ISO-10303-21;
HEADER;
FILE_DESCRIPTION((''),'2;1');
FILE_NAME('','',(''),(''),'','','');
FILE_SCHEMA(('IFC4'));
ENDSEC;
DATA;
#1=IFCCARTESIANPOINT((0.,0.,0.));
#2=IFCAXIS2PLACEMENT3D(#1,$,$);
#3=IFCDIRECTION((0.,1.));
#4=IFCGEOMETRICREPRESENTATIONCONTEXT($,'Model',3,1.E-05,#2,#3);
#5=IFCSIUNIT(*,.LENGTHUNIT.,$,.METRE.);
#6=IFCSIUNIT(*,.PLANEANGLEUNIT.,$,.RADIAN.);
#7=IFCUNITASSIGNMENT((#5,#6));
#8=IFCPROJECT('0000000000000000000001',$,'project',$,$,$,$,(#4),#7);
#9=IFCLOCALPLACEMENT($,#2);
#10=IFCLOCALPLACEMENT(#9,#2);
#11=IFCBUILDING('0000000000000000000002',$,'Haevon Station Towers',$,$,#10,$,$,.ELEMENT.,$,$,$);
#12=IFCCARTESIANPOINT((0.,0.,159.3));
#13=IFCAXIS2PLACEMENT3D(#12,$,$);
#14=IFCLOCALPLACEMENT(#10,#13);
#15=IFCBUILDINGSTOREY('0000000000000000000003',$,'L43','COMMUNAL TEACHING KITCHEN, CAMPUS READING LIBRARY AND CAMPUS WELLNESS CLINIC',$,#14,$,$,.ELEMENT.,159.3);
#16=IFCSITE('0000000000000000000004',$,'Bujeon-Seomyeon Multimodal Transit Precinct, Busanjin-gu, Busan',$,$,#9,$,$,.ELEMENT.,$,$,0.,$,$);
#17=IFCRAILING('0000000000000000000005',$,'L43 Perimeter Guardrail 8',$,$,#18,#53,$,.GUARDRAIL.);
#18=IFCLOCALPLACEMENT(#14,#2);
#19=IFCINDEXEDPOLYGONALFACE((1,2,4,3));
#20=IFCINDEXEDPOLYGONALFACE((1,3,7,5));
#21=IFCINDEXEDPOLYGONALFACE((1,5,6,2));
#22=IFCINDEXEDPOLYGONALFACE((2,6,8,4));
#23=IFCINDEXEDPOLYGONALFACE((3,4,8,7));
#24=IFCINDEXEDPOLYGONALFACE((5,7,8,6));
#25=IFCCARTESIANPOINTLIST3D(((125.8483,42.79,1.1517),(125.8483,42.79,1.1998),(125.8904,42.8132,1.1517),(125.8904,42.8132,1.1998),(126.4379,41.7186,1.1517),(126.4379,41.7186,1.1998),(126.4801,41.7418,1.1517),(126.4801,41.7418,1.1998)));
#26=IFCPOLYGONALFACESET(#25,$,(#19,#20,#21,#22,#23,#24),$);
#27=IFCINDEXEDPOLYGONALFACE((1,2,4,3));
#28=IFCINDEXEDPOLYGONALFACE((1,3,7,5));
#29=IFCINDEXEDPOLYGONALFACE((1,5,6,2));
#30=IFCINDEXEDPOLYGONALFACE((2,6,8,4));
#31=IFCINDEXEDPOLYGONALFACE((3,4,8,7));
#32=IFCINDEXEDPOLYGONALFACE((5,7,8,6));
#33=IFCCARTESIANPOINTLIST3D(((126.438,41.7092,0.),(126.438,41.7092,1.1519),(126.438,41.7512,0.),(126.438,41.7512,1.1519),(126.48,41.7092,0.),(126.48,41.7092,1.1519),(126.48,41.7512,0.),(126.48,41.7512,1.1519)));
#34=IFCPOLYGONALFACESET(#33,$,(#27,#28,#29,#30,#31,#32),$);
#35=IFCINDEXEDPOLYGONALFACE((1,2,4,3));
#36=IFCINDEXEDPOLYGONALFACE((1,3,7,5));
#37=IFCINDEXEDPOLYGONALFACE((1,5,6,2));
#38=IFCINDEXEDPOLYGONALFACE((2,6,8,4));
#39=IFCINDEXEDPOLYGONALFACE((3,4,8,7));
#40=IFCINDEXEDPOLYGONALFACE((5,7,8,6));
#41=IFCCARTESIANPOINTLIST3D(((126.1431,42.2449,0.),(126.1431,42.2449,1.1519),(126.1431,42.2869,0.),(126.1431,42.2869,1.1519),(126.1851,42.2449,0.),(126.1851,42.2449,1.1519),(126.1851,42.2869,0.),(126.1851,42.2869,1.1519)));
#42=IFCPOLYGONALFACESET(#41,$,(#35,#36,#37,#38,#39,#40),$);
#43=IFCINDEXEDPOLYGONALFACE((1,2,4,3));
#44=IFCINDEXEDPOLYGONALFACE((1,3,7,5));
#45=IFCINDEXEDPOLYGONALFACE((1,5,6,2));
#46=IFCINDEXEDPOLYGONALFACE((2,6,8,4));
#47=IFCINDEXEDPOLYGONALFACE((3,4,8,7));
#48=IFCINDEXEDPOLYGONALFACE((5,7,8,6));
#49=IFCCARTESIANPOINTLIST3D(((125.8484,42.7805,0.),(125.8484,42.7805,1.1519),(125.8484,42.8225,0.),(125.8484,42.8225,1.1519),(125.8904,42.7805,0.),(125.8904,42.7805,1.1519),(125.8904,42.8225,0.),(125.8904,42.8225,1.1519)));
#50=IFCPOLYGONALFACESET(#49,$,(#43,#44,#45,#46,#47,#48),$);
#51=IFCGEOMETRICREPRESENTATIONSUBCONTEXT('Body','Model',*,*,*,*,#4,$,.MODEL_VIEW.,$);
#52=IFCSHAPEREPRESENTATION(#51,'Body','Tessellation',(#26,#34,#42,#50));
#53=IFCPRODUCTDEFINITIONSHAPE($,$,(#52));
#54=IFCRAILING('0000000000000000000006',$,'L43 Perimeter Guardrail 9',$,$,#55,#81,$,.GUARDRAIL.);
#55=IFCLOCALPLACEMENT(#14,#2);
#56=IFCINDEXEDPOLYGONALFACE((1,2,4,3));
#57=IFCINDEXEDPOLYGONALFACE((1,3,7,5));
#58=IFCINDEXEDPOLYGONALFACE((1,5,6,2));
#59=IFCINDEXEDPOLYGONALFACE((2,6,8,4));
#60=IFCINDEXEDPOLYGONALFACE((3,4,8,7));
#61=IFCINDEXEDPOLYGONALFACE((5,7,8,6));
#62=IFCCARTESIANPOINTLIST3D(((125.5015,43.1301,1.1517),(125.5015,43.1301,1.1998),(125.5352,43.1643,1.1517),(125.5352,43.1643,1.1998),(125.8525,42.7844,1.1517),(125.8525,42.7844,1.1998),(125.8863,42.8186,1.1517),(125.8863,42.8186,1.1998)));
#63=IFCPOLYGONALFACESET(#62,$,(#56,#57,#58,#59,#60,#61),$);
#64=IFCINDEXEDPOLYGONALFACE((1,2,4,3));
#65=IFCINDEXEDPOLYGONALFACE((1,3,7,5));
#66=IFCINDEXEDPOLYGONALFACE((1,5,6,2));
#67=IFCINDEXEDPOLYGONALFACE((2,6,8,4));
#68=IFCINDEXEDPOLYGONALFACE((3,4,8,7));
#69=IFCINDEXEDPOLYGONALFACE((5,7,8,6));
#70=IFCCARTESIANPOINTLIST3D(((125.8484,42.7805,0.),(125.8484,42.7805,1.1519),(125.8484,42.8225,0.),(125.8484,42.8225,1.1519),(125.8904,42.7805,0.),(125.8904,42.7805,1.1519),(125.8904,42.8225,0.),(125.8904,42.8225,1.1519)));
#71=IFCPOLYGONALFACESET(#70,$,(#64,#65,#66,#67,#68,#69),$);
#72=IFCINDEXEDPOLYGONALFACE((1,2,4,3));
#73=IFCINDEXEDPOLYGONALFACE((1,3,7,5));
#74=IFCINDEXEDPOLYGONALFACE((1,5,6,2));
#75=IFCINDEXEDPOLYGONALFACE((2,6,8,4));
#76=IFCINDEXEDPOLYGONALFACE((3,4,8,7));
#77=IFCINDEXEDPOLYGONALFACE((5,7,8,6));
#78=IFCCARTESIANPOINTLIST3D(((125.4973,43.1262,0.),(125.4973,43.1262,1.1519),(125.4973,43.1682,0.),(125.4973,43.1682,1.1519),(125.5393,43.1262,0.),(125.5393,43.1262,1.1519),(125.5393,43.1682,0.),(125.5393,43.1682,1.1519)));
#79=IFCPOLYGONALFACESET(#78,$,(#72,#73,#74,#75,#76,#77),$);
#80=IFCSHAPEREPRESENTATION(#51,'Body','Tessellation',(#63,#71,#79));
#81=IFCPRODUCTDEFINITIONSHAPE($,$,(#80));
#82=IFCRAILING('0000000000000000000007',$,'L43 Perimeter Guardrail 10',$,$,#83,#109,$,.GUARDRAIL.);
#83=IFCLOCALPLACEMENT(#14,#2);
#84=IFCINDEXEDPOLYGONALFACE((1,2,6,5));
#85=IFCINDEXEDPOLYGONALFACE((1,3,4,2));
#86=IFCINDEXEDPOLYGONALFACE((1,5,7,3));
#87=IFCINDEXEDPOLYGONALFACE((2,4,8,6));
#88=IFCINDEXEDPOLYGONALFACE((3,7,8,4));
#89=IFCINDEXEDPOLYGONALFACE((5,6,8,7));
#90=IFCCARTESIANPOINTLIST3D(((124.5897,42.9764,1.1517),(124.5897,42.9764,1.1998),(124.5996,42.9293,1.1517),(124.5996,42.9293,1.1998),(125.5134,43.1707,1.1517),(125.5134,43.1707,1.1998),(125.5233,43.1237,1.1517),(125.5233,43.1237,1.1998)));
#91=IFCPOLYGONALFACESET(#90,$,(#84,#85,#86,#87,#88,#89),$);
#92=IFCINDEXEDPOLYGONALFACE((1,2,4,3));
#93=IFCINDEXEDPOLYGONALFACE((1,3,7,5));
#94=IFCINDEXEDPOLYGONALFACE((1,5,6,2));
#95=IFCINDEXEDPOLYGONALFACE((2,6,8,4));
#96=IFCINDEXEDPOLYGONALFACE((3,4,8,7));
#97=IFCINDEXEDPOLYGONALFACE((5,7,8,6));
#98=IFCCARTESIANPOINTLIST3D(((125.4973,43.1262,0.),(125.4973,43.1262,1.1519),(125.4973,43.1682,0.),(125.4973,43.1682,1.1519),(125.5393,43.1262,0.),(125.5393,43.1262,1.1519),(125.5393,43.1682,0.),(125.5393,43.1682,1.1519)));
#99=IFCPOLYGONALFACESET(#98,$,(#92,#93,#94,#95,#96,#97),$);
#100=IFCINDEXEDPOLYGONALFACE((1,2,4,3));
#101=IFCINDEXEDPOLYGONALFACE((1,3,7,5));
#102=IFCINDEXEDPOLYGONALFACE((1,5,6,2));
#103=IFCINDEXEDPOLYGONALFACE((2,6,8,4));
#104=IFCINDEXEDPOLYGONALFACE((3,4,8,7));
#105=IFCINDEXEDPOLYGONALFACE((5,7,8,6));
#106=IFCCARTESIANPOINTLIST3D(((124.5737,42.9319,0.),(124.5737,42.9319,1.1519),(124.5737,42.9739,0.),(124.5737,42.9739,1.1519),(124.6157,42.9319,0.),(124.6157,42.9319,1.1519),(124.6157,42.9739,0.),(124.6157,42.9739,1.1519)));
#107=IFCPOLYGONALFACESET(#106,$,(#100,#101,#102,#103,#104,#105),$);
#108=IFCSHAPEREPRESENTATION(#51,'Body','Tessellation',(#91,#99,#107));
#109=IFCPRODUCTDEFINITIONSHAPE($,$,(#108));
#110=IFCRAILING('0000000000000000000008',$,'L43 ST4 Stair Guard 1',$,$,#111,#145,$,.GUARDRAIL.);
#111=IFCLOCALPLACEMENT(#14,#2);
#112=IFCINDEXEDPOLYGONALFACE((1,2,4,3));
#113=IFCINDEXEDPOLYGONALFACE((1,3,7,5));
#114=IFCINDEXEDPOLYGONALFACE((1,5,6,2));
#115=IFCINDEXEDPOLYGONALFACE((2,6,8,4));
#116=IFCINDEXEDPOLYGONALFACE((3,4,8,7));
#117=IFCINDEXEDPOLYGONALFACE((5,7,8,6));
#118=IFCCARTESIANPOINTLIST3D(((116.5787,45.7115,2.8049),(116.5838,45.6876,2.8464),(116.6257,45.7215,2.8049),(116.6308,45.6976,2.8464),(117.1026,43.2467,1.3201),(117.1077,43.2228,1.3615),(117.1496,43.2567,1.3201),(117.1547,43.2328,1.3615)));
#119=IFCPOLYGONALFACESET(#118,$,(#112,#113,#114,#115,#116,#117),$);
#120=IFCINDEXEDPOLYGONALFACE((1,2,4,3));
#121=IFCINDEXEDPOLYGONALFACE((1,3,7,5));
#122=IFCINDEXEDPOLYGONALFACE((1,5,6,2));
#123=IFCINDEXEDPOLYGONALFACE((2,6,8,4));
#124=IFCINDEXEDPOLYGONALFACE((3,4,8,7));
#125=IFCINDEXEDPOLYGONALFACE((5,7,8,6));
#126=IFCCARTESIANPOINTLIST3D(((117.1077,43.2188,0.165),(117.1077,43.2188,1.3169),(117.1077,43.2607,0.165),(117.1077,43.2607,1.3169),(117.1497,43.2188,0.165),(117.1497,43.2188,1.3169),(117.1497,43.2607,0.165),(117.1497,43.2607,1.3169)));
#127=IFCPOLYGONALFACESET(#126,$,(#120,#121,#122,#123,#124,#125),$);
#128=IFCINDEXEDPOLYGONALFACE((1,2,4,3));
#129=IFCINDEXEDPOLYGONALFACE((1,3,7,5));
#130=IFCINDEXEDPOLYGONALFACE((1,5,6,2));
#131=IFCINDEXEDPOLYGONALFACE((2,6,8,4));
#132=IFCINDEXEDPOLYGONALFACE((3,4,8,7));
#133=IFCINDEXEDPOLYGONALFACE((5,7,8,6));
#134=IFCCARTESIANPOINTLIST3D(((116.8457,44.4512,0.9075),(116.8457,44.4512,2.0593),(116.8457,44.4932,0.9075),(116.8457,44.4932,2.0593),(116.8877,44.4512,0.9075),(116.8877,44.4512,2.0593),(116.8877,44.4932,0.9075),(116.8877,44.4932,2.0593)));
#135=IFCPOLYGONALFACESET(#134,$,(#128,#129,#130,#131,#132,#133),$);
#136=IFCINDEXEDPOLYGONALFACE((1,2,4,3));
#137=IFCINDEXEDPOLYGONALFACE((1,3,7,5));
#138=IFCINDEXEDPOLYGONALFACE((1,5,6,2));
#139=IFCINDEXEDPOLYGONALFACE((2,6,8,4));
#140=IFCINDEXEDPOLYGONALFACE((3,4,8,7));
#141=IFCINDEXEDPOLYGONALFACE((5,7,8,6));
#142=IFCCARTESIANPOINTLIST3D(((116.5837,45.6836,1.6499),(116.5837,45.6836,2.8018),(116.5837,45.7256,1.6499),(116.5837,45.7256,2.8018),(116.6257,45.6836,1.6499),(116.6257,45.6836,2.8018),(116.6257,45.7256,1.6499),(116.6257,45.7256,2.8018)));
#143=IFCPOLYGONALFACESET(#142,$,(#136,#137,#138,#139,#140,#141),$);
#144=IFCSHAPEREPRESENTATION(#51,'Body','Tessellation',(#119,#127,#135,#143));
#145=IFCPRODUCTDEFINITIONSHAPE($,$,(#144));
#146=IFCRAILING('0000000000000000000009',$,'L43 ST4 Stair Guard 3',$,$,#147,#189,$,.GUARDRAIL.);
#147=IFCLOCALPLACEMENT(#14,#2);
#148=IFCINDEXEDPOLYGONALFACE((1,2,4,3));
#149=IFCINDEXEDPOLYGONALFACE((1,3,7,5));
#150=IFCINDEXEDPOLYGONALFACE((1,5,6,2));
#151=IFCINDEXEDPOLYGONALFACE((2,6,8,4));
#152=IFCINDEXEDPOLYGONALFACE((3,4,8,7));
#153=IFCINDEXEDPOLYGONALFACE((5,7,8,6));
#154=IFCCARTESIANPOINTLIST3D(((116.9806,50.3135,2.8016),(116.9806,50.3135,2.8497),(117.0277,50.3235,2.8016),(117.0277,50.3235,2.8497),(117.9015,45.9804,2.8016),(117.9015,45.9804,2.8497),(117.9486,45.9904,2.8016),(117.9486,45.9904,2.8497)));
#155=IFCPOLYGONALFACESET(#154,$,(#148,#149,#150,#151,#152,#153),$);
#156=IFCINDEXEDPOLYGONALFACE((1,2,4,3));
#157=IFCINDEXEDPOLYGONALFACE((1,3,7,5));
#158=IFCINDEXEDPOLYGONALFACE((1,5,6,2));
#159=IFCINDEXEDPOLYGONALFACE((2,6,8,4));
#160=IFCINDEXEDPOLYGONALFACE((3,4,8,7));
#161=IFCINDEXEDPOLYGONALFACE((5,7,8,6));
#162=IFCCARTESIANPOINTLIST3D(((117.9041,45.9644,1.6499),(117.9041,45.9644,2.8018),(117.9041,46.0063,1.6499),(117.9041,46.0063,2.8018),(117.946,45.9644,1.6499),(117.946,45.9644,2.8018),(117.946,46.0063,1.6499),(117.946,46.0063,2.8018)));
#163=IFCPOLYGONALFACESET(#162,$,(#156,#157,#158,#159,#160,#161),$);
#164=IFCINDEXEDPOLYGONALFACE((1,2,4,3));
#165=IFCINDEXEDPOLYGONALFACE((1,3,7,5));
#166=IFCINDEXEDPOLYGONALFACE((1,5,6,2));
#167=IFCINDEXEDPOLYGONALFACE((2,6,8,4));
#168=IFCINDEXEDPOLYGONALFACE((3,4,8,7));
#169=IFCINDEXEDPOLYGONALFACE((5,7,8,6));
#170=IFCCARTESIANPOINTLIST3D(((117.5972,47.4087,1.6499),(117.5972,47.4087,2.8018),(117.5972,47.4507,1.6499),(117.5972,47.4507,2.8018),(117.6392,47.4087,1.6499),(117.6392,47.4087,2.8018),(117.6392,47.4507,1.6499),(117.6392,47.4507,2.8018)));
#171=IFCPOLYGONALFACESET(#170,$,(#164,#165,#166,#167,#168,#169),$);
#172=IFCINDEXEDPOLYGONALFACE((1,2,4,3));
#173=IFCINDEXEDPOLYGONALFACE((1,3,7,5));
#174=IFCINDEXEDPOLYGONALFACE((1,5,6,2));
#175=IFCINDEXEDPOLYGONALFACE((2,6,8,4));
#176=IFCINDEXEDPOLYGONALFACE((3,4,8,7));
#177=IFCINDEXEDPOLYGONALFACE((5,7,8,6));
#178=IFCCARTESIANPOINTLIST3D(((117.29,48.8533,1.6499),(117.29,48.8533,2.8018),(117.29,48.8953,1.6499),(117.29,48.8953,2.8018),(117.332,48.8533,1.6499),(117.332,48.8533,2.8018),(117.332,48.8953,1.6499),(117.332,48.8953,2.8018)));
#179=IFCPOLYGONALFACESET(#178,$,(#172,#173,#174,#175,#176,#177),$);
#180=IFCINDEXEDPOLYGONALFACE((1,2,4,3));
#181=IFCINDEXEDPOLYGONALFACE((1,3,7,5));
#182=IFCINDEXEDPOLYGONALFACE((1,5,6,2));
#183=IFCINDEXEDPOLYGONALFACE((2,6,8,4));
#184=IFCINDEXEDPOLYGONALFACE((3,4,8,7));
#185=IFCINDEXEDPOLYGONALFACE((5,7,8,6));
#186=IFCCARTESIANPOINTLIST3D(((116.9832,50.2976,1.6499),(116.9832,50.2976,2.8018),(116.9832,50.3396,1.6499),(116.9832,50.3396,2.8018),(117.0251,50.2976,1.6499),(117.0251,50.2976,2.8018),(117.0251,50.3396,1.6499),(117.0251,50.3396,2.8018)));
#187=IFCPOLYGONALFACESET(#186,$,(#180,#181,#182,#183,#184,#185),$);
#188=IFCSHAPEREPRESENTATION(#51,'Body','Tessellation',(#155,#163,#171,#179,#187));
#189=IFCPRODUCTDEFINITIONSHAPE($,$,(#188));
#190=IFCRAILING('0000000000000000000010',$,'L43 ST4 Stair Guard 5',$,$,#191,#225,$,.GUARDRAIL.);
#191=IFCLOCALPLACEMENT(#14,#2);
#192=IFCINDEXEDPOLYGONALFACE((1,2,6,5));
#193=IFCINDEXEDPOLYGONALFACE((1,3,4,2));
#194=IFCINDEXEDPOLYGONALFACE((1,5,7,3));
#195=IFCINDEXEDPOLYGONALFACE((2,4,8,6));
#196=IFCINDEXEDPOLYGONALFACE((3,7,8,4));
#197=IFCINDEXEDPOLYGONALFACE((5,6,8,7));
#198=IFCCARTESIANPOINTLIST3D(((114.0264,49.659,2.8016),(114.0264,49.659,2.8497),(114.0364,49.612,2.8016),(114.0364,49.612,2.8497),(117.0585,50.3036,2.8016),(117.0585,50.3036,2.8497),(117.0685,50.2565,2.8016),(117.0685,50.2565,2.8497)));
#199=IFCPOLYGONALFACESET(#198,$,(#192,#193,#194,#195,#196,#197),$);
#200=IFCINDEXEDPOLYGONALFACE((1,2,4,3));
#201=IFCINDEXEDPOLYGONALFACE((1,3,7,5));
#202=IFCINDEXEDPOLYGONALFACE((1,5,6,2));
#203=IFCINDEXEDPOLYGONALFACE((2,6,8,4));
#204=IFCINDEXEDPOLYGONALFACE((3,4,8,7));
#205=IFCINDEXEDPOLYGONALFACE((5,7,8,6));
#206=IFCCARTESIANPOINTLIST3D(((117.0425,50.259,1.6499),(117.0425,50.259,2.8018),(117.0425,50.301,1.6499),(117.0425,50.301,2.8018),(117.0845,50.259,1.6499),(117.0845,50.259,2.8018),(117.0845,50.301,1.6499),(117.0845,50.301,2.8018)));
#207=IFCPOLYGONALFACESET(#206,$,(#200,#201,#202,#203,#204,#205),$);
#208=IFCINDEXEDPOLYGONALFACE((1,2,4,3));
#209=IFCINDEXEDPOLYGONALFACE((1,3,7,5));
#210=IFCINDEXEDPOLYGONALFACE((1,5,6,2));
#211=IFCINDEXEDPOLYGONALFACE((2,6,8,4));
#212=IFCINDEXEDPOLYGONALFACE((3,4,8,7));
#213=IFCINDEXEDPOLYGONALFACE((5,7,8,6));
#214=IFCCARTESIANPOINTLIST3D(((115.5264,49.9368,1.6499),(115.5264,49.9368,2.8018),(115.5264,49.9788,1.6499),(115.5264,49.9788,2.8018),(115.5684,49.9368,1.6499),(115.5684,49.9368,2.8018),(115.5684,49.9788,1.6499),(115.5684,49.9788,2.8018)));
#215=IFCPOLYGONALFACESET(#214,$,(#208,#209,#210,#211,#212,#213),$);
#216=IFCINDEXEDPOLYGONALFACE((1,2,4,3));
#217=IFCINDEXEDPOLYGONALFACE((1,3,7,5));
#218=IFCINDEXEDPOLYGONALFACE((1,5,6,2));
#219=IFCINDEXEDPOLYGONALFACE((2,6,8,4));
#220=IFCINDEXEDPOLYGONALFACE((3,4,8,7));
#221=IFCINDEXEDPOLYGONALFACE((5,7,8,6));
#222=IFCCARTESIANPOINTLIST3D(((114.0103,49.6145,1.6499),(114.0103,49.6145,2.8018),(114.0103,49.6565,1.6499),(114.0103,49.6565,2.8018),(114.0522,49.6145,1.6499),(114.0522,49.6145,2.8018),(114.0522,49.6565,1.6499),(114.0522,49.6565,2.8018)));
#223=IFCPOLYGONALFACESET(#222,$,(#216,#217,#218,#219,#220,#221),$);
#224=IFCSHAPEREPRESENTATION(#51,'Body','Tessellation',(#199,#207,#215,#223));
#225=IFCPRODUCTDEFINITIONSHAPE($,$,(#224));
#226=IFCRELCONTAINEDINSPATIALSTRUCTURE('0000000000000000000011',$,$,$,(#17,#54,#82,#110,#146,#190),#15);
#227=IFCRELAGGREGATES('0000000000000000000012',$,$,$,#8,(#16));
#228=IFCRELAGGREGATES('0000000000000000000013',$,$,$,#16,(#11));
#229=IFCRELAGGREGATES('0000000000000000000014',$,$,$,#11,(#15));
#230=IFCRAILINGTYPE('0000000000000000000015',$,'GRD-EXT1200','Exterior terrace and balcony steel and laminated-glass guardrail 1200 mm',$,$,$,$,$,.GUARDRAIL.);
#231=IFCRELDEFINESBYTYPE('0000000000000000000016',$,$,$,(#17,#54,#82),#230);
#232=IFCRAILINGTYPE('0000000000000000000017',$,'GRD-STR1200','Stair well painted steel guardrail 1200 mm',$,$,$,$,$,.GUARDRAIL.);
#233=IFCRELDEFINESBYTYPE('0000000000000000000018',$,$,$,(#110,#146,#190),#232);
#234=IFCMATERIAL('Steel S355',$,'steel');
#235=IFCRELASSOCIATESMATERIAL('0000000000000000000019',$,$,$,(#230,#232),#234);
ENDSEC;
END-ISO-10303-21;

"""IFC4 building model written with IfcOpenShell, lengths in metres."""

from ifc_helpers import new_model, si_unit, direction, frame, origin, origin_2d, place, context, subcontext, project, spatial, rectangle, extrude, material, type_object, element, save


model = new_model("IFC4")

# Units and contexts
model_context = context("Model", 3, precision=1e-05, world=origin(), true_north=direction((0.0, 1.0)))
body_context = subcontext(model_context, "Body", "Model", "MODEL_VIEW")
ifc_project = project(units=[si_unit("LENGTHUNIT", "METRE"), si_unit("PLANEANGLEUNIT", "RADIAN")], contexts=[model_context])

# Site, building, storey
site_placement = place(None, origin())
site = spatial("IfcSite", under=ifc_project, at=site_placement, Name="Bujeon-Seomyeon Multimodal Transit Precinct, Busanjin-gu, Busan", CompositionType="ELEMENT", RefElevation=0.0)
building_placement = place(site_placement, origin())
building = spatial("IfcBuilding", under=site, at=building_placement, Name="Haevon Station Towers", CompositionType="ELEMENT")
storey_placement = place(building_placement, frame((0.0, 0.0, 159.3)))
storey = spatial("IfcBuildingStorey", under=building, at=storey_placement, Name="L43", Description="COMMUNAL TEACHING KITCHEN, CAMPUS READING LIBRARY AND CAMPUS WELLNESS CLINIC", CompositionType="ELEMENT", Elevation=159.3)

# Shared definitions
ifc_material_1 = material(Name="Steel S355", Category="steel")

# Railings
railing_type_1 = type_object("IfcRailingType", Name="GRD-EXT1200", Description="Exterior terrace and balcony steel and laminated-glass guardrail 1200 mm", PredefinedType="GUARDRAIL", material=ifc_material_1)
railing_1_placement = place(storey_placement, frame((126.459, 41.7302, 0.0)))
element("IfcRailing", 1, at=railing_1_placement, inside=storey, type_object=railing_type_1, Name="L43 Perimeter Guardrail 8", PredefinedType="GUARDRAIL", context=body_context, shape_type="SweptSolid", body=[
    extrude(rectangle(XDim=0.0481, YDim=0.0481, at=origin_2d()), frame((0.0, 0.0, 1.1758), z_axis=(-0.482164, 0.876081, 0.0), x_axis=(-0.876081, -0.482164, 0.0)), (0.0, 0.0, 1.0), 1.2229),
    extrude(rectangle(XDim=0.042, YDim=0.042, at=origin_2d()), origin(), (0.0, 0.0, 1.0), 1.1519),
    extrude(rectangle(XDim=0.042, YDim=0.042, at=origin_2d()), frame((-0.2949, 0.5356, 0.0)), (0.0, 0.0, 1.0), 1.1519),
    extrude(rectangle(XDim=0.042, YDim=0.042, at=origin_2d()), frame((-0.5896, 1.0713, 0.0)), (0.0, 0.0, 1.0), 1.1519),
])
railing_2_placement = place(storey_placement, frame((125.8694, 42.8015, 0.0)))
element("IfcRailing", 2, at=railing_2_placement, inside=storey, type_object=railing_type_1, Name="L43 Perimeter Guardrail 9", PredefinedType="GUARDRAIL", context=body_context, shape_type="SweptSolid", body=[
    extrude(rectangle(XDim=0.0481, YDim=0.0481, at=origin_2d()), frame((0.0, 0.0, 1.1758), z_axis=(-0.712536, 0.701635, 0.0), x_axis=(-0.701635, -0.712536, 0.0)), (0.0, 0.0, 1.0), 0.4927),
    extrude(rectangle(XDim=0.042, YDim=0.042, at=origin_2d()), origin(), (0.0, 0.0, 1.0), 1.1519),
    extrude(rectangle(XDim=0.042, YDim=0.042, at=origin_2d()), frame((-0.3511, 0.3457, 0.0)), (0.0, 0.0, 1.0), 1.1519),
])
railing_3_placement = place(storey_placement, frame((125.5183, 43.1472, 0.0)))
element("IfcRailing", 3, at=railing_3_placement, inside=storey, type_object=railing_type_1, Name="L43 Perimeter Guardrail 10", PredefinedType="GUARDRAIL", context=body_context, shape_type="SweptSolid", body=[
    extrude(rectangle(XDim=0.0481, YDim=0.0481, at=origin_2d()), frame((0.0, 0.0, 1.1758), z_axis=(-0.978572, -0.205906, 0.0), x_axis=(0.205906, -0.978572, 0.0)), (0.0, 0.0, 1.0), 0.9438),
    extrude(rectangle(XDim=0.042, YDim=0.042, at=origin_2d()), origin(), (0.0, 0.0, 1.0), 1.1519),
    extrude(rectangle(XDim=0.042, YDim=0.042, at=origin_2d()), frame((-0.9236, -0.1943, 0.0)), (0.0, 0.0, 1.0), 1.1519),
])
railing_type_2 = type_object("IfcRailingType", Name="GRD-STR1200", Description="Stair well painted steel guardrail 1200 mm", PredefinedType="GUARDRAIL", material=ifc_material_1)
railing_4_placement = place(storey_placement, frame((117.1287, 43.2397, 0.165)))
element("IfcRailing", 4, at=railing_4_placement, inside=storey, type_object=railing_type_2, Name="L43 ST4 Stair Guard 1", PredefinedType="GUARDRAIL", context=body_context, shape_type="SweptSolid", body=[
    extrude(rectangle(XDim=0.0481, YDim=0.0481, at=origin_2d()), frame((0.0, 0.0, 1.1758), z_axis=(-0.179129, 0.842724, 0.507671), x_axis=(-0.978147, -0.207914, 0.0)), (0.0, 0.0, 1.0), 2.9248),
    extrude(rectangle(XDim=0.042, YDim=0.042, at=origin_2d()), origin(), (0.0, 0.0, 1.0), 1.1519),
    extrude(rectangle(XDim=0.042, YDim=0.042, at=origin_2d()), frame((-0.262, 1.2324, 0.7424)), (0.0, 0.0, 1.0), 1.1519),
    extrude(rectangle(XDim=0.042, YDim=0.042, at=origin_2d()), frame((-0.5239, 2.4648, 1.4849)), (0.0, 0.0, 1.0), 1.1519),
])
railing_5_placement = place(storey_placement, frame((117.925, 45.9854, 1.6499)))
element("IfcRailing", 5, at=railing_5_placement, inside=storey, type_object=railing_type_2, Name="L43 ST4 Stair Guard 3", PredefinedType="GUARDRAIL", context=body_context, shape_type="SweptSolid", body=[
    extrude(rectangle(XDim=0.0481, YDim=0.0481, at=origin_2d()), frame((0.0, 0.0, 1.1758), z_axis=(-0.207877, 0.978155, 0.0), x_axis=(-0.978155, -0.207877, 0.0)), (0.0, 0.0, 1.0), 4.4299),
    extrude(rectangle(XDim=0.042, YDim=0.042, at=origin_2d()), origin(), (0.0, 0.0, 1.0), 1.1519),
    extrude(rectangle(XDim=0.042, YDim=0.042, at=origin_2d()), frame((-0.3069, 1.4443, 0.0)), (0.0, 0.0, 1.0), 1.1519),
    extrude(rectangle(XDim=0.042, YDim=0.042, at=origin_2d()), frame((-0.614, 2.8889, 0.0)), (0.0, 0.0, 1.0), 1.1519),
    extrude(rectangle(XDim=0.042, YDim=0.042, at=origin_2d()), frame((-0.9209, 4.3333, 0.0)), (0.0, 0.0, 1.0), 1.1519),
])
railing_6_placement = place(storey_placement, frame((117.0635, 50.28, 1.6499)))
element("IfcRailing", 6, at=railing_6_placement, inside=storey, type_object=railing_type_2, Name="L43 ST4 Stair Guard 5", PredefinedType="GUARDRAIL", context=body_context, shape_type="SweptSolid", body=[
    extrude(rectangle(XDim=0.0481, YDim=0.0481, at=origin_2d()), frame((0.0, 0.0, 1.1758), z_axis=(-0.978147, -0.207915, 0.0), x_axis=(0.207915, -0.978147, 0.0)), (0.0, 0.0, 1.0), 3.0999),
    extrude(rectangle(XDim=0.042, YDim=0.042, at=origin_2d()), origin(), (0.0, 0.0, 1.0), 1.1519),
    extrude(rectangle(XDim=0.042, YDim=0.042, at=origin_2d()), frame((-1.5161, -0.3223, 0.0)), (0.0, 0.0, 1.0), 1.1519),
    extrude(rectangle(XDim=0.042, YDim=0.042, at=origin_2d()), frame((-3.0322, -0.6445, 0.0)), (0.0, 0.0, 1.0), 1.1519),
])

save(model, "model.ifc")
